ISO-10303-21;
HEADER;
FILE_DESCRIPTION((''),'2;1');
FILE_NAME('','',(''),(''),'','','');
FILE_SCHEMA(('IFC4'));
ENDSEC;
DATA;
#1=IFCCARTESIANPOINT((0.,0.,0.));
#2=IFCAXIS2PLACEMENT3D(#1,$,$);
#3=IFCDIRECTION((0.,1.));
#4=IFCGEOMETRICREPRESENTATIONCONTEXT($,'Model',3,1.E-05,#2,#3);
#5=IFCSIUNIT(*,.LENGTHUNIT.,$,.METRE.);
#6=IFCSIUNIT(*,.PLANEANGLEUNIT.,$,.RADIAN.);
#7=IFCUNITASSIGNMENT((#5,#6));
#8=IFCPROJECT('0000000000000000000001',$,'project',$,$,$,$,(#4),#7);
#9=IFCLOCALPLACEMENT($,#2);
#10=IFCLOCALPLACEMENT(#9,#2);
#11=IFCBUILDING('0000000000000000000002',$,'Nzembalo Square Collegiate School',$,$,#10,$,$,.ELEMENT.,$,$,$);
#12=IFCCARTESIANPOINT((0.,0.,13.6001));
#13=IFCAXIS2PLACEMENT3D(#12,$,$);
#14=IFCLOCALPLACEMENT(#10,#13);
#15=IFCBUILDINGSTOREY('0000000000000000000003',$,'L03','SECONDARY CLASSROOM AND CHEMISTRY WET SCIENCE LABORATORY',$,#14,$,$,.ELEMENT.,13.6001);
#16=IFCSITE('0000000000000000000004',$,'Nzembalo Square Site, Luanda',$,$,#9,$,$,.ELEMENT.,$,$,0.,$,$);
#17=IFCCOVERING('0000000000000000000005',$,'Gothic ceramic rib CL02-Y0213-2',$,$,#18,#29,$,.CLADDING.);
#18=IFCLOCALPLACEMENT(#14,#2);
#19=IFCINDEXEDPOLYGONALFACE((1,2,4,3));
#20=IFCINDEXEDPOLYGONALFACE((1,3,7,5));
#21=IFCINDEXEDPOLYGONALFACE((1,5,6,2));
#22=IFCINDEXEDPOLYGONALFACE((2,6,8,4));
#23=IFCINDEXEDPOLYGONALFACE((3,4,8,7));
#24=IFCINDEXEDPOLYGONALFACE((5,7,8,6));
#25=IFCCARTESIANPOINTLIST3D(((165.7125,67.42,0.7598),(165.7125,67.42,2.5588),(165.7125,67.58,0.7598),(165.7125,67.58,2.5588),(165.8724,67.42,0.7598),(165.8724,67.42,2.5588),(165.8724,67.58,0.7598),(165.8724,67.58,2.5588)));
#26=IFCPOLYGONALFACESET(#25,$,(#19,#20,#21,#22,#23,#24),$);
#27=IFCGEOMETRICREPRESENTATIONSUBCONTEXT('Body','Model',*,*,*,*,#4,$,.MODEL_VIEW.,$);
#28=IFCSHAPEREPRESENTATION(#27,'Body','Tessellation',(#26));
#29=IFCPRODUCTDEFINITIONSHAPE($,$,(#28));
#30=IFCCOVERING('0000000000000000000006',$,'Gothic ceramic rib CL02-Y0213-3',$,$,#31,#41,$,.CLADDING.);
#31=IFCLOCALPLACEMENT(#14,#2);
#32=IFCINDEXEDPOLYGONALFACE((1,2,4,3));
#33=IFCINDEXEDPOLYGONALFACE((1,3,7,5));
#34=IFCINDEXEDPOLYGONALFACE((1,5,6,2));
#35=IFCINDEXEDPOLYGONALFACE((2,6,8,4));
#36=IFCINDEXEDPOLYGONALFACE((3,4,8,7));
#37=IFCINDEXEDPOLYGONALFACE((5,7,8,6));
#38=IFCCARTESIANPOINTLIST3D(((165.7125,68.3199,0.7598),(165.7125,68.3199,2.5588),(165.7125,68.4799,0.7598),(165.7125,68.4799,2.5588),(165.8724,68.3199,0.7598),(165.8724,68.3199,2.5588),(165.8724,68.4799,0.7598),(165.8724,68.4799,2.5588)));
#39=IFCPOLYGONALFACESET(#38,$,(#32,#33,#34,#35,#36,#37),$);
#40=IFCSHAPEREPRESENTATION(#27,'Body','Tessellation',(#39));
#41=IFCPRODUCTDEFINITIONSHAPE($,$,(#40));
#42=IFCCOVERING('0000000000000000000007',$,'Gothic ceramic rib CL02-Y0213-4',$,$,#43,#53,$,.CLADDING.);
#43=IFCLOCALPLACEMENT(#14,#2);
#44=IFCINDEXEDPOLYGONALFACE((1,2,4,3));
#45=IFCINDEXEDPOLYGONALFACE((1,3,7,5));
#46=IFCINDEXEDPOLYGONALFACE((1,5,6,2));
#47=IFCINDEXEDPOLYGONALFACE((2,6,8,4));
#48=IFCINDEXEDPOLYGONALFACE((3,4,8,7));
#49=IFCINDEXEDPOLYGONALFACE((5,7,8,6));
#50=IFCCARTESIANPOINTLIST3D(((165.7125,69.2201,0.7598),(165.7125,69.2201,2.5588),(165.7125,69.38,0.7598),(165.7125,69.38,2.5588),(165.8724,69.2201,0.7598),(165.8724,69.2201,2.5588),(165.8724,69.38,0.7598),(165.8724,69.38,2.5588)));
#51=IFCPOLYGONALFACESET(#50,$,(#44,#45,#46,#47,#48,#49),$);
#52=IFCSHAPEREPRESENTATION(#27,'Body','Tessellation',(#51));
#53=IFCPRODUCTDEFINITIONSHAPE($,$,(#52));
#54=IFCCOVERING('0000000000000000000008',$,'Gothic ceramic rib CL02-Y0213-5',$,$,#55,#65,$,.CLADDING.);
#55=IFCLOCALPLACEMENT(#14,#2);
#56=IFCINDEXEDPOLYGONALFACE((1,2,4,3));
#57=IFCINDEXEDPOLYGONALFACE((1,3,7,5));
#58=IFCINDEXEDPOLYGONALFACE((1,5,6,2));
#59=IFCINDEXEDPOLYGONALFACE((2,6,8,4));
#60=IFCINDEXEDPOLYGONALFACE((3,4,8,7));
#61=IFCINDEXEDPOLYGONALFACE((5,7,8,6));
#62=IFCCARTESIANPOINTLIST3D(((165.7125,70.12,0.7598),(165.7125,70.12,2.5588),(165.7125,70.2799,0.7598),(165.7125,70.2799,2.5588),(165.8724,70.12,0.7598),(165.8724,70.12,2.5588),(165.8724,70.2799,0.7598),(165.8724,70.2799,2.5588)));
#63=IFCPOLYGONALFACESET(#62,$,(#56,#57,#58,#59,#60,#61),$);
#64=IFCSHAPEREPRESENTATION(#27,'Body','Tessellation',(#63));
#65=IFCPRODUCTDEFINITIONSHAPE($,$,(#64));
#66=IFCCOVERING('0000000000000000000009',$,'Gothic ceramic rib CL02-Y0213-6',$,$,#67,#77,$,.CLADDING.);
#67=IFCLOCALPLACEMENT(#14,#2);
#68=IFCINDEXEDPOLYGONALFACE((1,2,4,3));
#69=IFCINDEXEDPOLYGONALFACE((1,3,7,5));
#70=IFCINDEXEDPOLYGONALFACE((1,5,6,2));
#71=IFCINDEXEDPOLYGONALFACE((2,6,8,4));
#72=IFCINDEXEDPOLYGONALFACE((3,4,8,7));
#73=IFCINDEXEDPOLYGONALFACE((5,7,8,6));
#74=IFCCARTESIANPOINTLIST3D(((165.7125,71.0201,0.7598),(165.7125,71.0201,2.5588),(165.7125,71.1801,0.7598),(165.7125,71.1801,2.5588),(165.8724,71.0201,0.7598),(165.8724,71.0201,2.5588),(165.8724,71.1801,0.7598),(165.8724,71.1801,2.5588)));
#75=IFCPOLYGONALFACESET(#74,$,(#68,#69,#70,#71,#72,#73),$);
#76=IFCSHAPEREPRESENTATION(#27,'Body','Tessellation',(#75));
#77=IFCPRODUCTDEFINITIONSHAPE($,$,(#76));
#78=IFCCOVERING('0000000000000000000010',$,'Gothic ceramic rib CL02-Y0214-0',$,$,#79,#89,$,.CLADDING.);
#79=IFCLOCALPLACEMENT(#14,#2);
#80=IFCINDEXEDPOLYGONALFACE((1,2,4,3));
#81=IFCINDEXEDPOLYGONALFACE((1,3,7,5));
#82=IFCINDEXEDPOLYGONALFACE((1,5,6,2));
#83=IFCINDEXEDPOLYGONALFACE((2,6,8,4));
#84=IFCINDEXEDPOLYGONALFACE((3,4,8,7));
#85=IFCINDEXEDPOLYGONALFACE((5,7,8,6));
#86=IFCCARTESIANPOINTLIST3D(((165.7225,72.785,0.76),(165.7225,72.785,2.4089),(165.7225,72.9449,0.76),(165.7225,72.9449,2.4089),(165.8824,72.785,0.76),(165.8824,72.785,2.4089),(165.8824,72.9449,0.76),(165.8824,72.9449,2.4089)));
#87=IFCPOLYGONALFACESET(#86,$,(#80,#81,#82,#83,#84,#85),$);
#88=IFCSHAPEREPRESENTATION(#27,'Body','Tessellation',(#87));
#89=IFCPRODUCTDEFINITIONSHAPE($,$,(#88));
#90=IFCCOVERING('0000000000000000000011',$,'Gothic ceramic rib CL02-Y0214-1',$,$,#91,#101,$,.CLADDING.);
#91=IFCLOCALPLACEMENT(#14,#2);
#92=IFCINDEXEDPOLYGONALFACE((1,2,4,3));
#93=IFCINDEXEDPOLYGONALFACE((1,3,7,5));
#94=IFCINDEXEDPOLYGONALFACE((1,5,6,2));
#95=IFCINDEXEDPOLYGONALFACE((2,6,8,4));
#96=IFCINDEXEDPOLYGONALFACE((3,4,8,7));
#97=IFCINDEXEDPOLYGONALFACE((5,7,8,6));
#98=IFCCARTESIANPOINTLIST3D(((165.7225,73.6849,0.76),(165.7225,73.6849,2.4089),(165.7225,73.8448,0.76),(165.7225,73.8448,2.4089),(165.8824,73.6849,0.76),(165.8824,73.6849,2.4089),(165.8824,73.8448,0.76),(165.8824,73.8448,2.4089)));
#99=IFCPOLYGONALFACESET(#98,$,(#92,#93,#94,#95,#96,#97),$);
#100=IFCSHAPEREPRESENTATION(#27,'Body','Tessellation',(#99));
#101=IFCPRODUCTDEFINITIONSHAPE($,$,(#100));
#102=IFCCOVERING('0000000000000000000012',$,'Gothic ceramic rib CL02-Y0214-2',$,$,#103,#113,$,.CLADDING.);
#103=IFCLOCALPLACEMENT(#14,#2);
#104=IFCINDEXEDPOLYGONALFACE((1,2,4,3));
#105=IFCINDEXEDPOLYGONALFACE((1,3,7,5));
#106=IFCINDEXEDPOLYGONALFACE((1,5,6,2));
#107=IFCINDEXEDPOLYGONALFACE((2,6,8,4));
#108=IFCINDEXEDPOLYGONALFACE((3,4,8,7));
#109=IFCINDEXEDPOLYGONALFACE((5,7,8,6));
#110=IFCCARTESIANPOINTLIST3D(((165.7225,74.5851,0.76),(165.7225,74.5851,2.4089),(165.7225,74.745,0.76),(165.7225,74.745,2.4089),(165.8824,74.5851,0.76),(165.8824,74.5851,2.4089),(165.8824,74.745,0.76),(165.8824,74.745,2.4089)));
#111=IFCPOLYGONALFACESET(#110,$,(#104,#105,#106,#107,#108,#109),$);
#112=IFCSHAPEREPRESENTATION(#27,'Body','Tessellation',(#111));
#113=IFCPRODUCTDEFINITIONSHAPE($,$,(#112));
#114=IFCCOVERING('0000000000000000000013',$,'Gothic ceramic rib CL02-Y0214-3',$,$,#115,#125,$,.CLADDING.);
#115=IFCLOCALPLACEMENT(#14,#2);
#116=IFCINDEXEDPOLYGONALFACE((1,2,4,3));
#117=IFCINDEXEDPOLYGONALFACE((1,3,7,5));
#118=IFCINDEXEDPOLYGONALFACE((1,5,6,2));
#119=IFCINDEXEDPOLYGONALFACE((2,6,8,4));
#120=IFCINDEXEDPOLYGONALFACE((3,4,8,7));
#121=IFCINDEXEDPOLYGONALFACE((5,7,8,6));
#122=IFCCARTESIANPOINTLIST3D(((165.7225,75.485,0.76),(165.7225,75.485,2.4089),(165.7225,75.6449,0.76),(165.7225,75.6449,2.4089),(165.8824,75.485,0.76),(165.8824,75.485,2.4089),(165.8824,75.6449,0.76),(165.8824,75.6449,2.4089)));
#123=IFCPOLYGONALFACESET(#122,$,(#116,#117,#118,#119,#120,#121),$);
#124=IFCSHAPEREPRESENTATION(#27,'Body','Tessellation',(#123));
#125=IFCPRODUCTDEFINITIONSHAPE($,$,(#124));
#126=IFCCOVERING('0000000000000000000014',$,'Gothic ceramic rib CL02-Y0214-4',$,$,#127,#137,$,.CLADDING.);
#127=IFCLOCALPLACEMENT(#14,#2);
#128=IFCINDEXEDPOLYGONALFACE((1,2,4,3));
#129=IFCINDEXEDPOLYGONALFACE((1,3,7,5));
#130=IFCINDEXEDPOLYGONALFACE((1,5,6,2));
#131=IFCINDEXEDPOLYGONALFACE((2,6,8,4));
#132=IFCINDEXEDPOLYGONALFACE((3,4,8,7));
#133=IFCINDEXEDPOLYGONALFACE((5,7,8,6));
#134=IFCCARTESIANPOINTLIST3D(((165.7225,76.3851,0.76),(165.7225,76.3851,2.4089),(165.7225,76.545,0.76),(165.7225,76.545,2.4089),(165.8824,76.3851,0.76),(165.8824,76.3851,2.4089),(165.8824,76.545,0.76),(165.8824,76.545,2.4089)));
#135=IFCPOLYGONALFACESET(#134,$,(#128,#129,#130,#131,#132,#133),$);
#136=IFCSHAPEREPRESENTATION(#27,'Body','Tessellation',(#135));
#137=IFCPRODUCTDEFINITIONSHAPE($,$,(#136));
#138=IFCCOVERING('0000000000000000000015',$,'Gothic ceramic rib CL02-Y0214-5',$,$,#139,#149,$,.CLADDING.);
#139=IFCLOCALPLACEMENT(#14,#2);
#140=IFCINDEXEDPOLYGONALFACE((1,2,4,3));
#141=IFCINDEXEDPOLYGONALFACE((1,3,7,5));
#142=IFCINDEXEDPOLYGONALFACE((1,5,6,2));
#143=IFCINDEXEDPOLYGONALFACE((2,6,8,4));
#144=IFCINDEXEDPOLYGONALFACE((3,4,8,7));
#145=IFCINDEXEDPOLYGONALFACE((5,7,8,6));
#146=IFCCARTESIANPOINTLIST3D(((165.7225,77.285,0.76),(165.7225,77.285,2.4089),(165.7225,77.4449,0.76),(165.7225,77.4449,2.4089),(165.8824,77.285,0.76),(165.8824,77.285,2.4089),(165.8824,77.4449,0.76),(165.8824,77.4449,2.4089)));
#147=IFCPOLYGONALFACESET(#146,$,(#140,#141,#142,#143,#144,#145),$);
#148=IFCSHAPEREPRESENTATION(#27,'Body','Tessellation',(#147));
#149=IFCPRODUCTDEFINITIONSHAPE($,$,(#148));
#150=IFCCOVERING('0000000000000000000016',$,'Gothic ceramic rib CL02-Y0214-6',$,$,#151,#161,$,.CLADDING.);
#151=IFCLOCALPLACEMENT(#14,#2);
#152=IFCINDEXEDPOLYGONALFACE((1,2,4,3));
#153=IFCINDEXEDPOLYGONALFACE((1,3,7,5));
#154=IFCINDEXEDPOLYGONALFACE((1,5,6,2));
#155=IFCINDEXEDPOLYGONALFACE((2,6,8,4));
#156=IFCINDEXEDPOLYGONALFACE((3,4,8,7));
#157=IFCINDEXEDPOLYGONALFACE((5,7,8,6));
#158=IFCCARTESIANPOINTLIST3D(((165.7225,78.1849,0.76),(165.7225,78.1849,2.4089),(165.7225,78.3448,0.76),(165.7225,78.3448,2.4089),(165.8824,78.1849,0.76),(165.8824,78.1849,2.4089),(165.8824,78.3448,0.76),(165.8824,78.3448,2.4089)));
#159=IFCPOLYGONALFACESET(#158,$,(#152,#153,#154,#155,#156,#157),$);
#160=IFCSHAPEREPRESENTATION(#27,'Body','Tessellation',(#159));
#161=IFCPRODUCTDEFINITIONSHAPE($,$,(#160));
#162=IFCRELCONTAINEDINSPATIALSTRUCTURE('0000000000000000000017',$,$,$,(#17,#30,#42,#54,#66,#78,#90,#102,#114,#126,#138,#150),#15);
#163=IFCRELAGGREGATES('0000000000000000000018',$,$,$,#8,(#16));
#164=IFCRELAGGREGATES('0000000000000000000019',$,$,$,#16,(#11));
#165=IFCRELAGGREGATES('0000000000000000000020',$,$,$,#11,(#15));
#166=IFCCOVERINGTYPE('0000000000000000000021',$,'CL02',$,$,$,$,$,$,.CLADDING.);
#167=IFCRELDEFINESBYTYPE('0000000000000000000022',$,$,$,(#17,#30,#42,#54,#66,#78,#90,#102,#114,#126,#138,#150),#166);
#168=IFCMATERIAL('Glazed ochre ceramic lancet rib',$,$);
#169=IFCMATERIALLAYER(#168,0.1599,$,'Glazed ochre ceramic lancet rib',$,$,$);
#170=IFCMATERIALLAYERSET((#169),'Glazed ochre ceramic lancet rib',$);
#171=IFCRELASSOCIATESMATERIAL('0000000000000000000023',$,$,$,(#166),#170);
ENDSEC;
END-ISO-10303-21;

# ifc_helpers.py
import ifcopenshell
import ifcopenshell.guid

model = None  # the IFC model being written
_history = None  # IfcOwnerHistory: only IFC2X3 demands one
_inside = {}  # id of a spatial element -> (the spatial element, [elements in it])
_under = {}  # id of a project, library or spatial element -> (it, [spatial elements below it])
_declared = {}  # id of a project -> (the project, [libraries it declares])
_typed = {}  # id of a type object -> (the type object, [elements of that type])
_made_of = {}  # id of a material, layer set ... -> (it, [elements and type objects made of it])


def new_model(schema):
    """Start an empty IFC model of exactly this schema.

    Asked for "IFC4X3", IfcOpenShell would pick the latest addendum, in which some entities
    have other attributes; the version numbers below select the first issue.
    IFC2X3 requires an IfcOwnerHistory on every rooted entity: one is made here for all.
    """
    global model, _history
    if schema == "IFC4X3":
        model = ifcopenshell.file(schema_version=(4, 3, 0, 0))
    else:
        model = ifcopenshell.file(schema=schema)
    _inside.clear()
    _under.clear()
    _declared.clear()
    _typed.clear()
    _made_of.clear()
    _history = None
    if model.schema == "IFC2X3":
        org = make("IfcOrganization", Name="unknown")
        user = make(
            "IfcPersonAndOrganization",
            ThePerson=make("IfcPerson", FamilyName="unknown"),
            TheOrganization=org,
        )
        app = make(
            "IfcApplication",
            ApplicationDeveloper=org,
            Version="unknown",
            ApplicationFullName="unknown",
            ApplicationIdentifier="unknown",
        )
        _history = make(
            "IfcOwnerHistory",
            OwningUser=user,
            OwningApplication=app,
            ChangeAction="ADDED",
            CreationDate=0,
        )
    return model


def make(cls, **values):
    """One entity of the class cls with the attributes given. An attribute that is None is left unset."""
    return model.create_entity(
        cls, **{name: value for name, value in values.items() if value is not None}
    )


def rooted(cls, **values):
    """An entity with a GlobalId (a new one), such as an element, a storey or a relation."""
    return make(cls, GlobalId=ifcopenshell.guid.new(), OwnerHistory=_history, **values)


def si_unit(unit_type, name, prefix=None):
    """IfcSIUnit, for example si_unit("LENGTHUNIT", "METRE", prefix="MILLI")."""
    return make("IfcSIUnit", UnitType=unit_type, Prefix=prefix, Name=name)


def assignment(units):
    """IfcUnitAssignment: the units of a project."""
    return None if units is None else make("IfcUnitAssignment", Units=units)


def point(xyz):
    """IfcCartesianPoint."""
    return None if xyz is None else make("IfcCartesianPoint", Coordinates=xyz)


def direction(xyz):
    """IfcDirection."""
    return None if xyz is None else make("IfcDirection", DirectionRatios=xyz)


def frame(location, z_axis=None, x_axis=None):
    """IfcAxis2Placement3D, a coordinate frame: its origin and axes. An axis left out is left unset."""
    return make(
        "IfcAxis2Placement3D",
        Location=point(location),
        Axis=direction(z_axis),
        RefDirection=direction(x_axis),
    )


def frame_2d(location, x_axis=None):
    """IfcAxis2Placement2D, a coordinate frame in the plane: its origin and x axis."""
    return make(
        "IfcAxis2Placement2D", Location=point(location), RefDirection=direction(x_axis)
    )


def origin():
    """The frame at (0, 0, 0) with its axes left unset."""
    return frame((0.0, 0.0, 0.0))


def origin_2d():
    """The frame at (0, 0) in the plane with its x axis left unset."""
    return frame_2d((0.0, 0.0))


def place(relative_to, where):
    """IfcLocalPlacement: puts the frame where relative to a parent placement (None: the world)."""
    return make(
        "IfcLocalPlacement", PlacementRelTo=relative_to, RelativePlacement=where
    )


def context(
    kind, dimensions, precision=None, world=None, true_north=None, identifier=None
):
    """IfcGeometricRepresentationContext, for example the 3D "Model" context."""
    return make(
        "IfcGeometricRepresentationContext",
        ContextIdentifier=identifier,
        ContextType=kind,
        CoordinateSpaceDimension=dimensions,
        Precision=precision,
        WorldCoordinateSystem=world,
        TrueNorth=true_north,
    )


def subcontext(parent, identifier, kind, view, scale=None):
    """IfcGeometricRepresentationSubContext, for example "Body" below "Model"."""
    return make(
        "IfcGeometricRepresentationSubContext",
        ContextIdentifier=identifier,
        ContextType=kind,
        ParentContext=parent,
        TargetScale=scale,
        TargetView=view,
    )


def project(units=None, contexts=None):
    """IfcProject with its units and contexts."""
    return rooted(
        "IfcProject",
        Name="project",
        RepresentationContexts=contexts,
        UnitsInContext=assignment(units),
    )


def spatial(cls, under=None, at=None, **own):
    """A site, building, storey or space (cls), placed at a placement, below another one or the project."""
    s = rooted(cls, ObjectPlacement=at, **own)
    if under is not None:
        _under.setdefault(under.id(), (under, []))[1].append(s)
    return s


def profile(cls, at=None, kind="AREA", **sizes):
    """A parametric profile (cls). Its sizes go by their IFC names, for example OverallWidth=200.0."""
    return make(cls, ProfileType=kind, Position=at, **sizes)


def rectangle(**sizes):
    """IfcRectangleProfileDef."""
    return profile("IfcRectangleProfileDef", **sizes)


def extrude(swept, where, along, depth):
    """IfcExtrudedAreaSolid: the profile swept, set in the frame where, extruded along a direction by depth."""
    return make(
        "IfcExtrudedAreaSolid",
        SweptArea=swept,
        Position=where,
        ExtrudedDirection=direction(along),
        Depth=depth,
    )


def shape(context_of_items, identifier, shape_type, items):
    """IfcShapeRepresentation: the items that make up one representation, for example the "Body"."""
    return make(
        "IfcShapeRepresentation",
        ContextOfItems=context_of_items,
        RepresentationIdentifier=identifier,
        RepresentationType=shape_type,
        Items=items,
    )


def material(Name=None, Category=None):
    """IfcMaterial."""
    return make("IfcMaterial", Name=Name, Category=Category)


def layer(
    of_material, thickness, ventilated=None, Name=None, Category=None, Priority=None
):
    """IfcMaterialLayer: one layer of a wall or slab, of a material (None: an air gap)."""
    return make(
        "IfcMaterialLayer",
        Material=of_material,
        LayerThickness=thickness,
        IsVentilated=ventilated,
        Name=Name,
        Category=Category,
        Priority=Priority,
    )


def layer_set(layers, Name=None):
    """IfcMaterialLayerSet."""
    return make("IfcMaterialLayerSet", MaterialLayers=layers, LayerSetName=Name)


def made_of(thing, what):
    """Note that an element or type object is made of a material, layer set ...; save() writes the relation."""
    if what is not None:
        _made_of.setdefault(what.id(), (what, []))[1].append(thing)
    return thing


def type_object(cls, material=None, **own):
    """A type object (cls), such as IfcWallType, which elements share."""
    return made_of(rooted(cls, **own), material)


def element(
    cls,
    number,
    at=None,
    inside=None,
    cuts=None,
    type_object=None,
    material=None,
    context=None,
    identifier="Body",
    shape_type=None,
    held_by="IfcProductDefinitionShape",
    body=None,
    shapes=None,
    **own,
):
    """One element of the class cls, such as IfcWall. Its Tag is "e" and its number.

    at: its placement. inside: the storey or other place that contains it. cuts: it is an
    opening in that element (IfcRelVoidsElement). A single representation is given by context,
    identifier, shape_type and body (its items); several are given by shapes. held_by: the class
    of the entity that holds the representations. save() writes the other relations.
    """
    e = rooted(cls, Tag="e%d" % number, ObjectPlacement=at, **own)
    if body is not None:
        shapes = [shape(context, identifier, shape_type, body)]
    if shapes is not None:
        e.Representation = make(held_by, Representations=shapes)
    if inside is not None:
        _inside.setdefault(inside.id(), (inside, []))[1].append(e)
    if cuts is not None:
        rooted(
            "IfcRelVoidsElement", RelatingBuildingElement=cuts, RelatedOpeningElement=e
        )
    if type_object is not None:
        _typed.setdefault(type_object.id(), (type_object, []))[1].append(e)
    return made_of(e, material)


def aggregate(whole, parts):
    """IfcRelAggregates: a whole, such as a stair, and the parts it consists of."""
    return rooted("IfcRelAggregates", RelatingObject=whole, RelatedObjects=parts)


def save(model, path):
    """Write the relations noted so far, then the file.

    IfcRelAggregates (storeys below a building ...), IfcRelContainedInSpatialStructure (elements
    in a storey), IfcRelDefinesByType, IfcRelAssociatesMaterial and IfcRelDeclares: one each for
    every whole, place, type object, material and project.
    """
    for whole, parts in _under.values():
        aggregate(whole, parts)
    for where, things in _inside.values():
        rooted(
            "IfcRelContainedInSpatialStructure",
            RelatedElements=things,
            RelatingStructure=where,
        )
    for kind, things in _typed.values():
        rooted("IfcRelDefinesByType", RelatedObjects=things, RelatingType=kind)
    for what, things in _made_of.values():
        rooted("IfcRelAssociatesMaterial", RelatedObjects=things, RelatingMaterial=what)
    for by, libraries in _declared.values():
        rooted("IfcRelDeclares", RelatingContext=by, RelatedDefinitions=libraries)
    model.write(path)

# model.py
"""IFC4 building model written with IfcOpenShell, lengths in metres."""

from ifc_helpers import new_model, si_unit, direction, frame, origin, origin_2d, place, context, subcontext, project, spatial, rectangle, extrude, material, layer, layer_set, type_object, element, save


model = new_model("IFC4")

# Units and contexts
model_context = context("Model", 3, precision=1e-05, world=origin(), true_north=direction((0.0, 1.0)))
body_context = subcontext(model_context, "Body", "Model", "MODEL_VIEW")
ifc_project = project(units=[si_unit("LENGTHUNIT", "METRE"), si_unit("PLANEANGLEUNIT", "RADIAN")], contexts=[model_context])

# Site, building, storey
site_placement = place(None, origin())
site = spatial("IfcSite", under=ifc_project, at=site_placement, Name="Nzembalo Square Site, Luanda", CompositionType="ELEMENT", RefElevation=0.0)
building_placement = place(site_placement, origin())
building = spatial("IfcBuilding", under=site, at=building_placement, Name="Nzembalo Square Collegiate School", CompositionType="ELEMENT")
storey_placement = place(building_placement, frame((0.0, 0.0, 13.6001)))
storey = spatial("IfcBuildingStorey", under=building, at=storey_placement, Name="L03", Description="SECONDARY CLASSROOM AND CHEMISTRY WET SCIENCE LABORATORY", CompositionType="ELEMENT", Elevation=13.6001)

# Coverings
ifc_material_1 = material(Name="Glazed ochre ceramic lancet rib")
ifc_layer_1 = layer(ifc_material_1, 0.1599, Name="Glazed ochre ceramic lancet rib")
ifc_layer_set_1 = layer_set([ifc_layer_1], Name="Glazed ochre ceramic lancet rib")
covering_type_1 = type_object("IfcCoveringType", Name="CL02", PredefinedType="CLADDING", material=ifc_layer_set_1)
for number, where, z_axis, x_axis, name in (
    (1, (165.7925, 67.5, 0.7598), (0.0, 0.0, 1.0), (1.0, 0.0, 0.0), "Gothic ceramic rib CL02-Y0213-2"),
    (2, (165.7925, 68.3999, 0.7598), (0.0, 0.0, 1.0), (1.0, 0.0, 0.0), "Gothic ceramic rib CL02-Y0213-3"),
    (3, (165.7925, 69.3, 0.7598), (0.0, 0.0, 1.0), (1.0, 0.0, 0.0), "Gothic ceramic rib CL02-Y0213-4"),
    (4, (165.7925, 70.2, 0.7598), (0.0, 0.0, 1.0), (1.0, 0.0, 0.0), "Gothic ceramic rib CL02-Y0213-5"),
    (5, (165.7925, 71.1001, 0.7598), (0.0, 0.0, 1.0), (1.0, 0.0, 0.0), "Gothic ceramic rib CL02-Y0213-6"),
):
    element("IfcCovering", number, at=place(storey_placement, frame(where, z_axis=z_axis, x_axis=x_axis)), inside=storey, type_object=covering_type_1, Name=name, PredefinedType="CLADDING", context=body_context, shape_type="SweptSolid", body=[
        extrude(rectangle(XDim=0.1599, YDim=0.1599, at=origin_2d()), origin(), (0.0, 0.0, 1.0), 1.7991),
    ])
for number, where, z_axis, x_axis, name in (
    (6, (165.8025, 72.865, 0.76), (0.0, 0.0, 1.0), (1.0, 0.0, 0.0), "Gothic ceramic rib CL02-Y0214-0"),
    (7, (165.8025, 73.7649, 0.76), (0.0, 0.0, 1.0), (1.0, 0.0, 0.0), "Gothic ceramic rib CL02-Y0214-1"),
    (8, (165.8025, 74.665, 0.76), (0.0, 0.0, 1.0), (1.0, 0.0, 0.0), "Gothic ceramic rib CL02-Y0214-2"),
    (9, (165.8025, 75.5649, 0.76), (0.0, 0.0, 1.0), (1.0, 0.0, 0.0), "Gothic ceramic rib CL02-Y0214-3"),
    (10, (165.8025, 76.4651, 0.76), (0.0, 0.0, 1.0), (1.0, 0.0, 0.0), "Gothic ceramic rib CL02-Y0214-4"),
    (11, (165.8025, 77.365, 0.76), (0.0, 0.0, 1.0), (1.0, 0.0, 0.0), "Gothic ceramic rib CL02-Y0214-5"),
    (12, (165.8025, 78.2649, 0.76), (0.0, 0.0, 1.0), (1.0, 0.0, 0.0), "Gothic ceramic rib CL02-Y0214-6"),
):
    element("IfcCovering", number, at=place(storey_placement, frame(where, z_axis=z_axis, x_axis=x_axis)), inside=storey, type_object=covering_type_1, Name=name, PredefinedType="CLADDING", context=body_context, shape_type="SweptSolid", body=[
        extrude(rectangle(XDim=0.1599, YDim=0.1599, at=origin_2d()), origin(), (0.0, 0.0, 1.0), 1.6489),
    ])

save(model, "model.ifc")
